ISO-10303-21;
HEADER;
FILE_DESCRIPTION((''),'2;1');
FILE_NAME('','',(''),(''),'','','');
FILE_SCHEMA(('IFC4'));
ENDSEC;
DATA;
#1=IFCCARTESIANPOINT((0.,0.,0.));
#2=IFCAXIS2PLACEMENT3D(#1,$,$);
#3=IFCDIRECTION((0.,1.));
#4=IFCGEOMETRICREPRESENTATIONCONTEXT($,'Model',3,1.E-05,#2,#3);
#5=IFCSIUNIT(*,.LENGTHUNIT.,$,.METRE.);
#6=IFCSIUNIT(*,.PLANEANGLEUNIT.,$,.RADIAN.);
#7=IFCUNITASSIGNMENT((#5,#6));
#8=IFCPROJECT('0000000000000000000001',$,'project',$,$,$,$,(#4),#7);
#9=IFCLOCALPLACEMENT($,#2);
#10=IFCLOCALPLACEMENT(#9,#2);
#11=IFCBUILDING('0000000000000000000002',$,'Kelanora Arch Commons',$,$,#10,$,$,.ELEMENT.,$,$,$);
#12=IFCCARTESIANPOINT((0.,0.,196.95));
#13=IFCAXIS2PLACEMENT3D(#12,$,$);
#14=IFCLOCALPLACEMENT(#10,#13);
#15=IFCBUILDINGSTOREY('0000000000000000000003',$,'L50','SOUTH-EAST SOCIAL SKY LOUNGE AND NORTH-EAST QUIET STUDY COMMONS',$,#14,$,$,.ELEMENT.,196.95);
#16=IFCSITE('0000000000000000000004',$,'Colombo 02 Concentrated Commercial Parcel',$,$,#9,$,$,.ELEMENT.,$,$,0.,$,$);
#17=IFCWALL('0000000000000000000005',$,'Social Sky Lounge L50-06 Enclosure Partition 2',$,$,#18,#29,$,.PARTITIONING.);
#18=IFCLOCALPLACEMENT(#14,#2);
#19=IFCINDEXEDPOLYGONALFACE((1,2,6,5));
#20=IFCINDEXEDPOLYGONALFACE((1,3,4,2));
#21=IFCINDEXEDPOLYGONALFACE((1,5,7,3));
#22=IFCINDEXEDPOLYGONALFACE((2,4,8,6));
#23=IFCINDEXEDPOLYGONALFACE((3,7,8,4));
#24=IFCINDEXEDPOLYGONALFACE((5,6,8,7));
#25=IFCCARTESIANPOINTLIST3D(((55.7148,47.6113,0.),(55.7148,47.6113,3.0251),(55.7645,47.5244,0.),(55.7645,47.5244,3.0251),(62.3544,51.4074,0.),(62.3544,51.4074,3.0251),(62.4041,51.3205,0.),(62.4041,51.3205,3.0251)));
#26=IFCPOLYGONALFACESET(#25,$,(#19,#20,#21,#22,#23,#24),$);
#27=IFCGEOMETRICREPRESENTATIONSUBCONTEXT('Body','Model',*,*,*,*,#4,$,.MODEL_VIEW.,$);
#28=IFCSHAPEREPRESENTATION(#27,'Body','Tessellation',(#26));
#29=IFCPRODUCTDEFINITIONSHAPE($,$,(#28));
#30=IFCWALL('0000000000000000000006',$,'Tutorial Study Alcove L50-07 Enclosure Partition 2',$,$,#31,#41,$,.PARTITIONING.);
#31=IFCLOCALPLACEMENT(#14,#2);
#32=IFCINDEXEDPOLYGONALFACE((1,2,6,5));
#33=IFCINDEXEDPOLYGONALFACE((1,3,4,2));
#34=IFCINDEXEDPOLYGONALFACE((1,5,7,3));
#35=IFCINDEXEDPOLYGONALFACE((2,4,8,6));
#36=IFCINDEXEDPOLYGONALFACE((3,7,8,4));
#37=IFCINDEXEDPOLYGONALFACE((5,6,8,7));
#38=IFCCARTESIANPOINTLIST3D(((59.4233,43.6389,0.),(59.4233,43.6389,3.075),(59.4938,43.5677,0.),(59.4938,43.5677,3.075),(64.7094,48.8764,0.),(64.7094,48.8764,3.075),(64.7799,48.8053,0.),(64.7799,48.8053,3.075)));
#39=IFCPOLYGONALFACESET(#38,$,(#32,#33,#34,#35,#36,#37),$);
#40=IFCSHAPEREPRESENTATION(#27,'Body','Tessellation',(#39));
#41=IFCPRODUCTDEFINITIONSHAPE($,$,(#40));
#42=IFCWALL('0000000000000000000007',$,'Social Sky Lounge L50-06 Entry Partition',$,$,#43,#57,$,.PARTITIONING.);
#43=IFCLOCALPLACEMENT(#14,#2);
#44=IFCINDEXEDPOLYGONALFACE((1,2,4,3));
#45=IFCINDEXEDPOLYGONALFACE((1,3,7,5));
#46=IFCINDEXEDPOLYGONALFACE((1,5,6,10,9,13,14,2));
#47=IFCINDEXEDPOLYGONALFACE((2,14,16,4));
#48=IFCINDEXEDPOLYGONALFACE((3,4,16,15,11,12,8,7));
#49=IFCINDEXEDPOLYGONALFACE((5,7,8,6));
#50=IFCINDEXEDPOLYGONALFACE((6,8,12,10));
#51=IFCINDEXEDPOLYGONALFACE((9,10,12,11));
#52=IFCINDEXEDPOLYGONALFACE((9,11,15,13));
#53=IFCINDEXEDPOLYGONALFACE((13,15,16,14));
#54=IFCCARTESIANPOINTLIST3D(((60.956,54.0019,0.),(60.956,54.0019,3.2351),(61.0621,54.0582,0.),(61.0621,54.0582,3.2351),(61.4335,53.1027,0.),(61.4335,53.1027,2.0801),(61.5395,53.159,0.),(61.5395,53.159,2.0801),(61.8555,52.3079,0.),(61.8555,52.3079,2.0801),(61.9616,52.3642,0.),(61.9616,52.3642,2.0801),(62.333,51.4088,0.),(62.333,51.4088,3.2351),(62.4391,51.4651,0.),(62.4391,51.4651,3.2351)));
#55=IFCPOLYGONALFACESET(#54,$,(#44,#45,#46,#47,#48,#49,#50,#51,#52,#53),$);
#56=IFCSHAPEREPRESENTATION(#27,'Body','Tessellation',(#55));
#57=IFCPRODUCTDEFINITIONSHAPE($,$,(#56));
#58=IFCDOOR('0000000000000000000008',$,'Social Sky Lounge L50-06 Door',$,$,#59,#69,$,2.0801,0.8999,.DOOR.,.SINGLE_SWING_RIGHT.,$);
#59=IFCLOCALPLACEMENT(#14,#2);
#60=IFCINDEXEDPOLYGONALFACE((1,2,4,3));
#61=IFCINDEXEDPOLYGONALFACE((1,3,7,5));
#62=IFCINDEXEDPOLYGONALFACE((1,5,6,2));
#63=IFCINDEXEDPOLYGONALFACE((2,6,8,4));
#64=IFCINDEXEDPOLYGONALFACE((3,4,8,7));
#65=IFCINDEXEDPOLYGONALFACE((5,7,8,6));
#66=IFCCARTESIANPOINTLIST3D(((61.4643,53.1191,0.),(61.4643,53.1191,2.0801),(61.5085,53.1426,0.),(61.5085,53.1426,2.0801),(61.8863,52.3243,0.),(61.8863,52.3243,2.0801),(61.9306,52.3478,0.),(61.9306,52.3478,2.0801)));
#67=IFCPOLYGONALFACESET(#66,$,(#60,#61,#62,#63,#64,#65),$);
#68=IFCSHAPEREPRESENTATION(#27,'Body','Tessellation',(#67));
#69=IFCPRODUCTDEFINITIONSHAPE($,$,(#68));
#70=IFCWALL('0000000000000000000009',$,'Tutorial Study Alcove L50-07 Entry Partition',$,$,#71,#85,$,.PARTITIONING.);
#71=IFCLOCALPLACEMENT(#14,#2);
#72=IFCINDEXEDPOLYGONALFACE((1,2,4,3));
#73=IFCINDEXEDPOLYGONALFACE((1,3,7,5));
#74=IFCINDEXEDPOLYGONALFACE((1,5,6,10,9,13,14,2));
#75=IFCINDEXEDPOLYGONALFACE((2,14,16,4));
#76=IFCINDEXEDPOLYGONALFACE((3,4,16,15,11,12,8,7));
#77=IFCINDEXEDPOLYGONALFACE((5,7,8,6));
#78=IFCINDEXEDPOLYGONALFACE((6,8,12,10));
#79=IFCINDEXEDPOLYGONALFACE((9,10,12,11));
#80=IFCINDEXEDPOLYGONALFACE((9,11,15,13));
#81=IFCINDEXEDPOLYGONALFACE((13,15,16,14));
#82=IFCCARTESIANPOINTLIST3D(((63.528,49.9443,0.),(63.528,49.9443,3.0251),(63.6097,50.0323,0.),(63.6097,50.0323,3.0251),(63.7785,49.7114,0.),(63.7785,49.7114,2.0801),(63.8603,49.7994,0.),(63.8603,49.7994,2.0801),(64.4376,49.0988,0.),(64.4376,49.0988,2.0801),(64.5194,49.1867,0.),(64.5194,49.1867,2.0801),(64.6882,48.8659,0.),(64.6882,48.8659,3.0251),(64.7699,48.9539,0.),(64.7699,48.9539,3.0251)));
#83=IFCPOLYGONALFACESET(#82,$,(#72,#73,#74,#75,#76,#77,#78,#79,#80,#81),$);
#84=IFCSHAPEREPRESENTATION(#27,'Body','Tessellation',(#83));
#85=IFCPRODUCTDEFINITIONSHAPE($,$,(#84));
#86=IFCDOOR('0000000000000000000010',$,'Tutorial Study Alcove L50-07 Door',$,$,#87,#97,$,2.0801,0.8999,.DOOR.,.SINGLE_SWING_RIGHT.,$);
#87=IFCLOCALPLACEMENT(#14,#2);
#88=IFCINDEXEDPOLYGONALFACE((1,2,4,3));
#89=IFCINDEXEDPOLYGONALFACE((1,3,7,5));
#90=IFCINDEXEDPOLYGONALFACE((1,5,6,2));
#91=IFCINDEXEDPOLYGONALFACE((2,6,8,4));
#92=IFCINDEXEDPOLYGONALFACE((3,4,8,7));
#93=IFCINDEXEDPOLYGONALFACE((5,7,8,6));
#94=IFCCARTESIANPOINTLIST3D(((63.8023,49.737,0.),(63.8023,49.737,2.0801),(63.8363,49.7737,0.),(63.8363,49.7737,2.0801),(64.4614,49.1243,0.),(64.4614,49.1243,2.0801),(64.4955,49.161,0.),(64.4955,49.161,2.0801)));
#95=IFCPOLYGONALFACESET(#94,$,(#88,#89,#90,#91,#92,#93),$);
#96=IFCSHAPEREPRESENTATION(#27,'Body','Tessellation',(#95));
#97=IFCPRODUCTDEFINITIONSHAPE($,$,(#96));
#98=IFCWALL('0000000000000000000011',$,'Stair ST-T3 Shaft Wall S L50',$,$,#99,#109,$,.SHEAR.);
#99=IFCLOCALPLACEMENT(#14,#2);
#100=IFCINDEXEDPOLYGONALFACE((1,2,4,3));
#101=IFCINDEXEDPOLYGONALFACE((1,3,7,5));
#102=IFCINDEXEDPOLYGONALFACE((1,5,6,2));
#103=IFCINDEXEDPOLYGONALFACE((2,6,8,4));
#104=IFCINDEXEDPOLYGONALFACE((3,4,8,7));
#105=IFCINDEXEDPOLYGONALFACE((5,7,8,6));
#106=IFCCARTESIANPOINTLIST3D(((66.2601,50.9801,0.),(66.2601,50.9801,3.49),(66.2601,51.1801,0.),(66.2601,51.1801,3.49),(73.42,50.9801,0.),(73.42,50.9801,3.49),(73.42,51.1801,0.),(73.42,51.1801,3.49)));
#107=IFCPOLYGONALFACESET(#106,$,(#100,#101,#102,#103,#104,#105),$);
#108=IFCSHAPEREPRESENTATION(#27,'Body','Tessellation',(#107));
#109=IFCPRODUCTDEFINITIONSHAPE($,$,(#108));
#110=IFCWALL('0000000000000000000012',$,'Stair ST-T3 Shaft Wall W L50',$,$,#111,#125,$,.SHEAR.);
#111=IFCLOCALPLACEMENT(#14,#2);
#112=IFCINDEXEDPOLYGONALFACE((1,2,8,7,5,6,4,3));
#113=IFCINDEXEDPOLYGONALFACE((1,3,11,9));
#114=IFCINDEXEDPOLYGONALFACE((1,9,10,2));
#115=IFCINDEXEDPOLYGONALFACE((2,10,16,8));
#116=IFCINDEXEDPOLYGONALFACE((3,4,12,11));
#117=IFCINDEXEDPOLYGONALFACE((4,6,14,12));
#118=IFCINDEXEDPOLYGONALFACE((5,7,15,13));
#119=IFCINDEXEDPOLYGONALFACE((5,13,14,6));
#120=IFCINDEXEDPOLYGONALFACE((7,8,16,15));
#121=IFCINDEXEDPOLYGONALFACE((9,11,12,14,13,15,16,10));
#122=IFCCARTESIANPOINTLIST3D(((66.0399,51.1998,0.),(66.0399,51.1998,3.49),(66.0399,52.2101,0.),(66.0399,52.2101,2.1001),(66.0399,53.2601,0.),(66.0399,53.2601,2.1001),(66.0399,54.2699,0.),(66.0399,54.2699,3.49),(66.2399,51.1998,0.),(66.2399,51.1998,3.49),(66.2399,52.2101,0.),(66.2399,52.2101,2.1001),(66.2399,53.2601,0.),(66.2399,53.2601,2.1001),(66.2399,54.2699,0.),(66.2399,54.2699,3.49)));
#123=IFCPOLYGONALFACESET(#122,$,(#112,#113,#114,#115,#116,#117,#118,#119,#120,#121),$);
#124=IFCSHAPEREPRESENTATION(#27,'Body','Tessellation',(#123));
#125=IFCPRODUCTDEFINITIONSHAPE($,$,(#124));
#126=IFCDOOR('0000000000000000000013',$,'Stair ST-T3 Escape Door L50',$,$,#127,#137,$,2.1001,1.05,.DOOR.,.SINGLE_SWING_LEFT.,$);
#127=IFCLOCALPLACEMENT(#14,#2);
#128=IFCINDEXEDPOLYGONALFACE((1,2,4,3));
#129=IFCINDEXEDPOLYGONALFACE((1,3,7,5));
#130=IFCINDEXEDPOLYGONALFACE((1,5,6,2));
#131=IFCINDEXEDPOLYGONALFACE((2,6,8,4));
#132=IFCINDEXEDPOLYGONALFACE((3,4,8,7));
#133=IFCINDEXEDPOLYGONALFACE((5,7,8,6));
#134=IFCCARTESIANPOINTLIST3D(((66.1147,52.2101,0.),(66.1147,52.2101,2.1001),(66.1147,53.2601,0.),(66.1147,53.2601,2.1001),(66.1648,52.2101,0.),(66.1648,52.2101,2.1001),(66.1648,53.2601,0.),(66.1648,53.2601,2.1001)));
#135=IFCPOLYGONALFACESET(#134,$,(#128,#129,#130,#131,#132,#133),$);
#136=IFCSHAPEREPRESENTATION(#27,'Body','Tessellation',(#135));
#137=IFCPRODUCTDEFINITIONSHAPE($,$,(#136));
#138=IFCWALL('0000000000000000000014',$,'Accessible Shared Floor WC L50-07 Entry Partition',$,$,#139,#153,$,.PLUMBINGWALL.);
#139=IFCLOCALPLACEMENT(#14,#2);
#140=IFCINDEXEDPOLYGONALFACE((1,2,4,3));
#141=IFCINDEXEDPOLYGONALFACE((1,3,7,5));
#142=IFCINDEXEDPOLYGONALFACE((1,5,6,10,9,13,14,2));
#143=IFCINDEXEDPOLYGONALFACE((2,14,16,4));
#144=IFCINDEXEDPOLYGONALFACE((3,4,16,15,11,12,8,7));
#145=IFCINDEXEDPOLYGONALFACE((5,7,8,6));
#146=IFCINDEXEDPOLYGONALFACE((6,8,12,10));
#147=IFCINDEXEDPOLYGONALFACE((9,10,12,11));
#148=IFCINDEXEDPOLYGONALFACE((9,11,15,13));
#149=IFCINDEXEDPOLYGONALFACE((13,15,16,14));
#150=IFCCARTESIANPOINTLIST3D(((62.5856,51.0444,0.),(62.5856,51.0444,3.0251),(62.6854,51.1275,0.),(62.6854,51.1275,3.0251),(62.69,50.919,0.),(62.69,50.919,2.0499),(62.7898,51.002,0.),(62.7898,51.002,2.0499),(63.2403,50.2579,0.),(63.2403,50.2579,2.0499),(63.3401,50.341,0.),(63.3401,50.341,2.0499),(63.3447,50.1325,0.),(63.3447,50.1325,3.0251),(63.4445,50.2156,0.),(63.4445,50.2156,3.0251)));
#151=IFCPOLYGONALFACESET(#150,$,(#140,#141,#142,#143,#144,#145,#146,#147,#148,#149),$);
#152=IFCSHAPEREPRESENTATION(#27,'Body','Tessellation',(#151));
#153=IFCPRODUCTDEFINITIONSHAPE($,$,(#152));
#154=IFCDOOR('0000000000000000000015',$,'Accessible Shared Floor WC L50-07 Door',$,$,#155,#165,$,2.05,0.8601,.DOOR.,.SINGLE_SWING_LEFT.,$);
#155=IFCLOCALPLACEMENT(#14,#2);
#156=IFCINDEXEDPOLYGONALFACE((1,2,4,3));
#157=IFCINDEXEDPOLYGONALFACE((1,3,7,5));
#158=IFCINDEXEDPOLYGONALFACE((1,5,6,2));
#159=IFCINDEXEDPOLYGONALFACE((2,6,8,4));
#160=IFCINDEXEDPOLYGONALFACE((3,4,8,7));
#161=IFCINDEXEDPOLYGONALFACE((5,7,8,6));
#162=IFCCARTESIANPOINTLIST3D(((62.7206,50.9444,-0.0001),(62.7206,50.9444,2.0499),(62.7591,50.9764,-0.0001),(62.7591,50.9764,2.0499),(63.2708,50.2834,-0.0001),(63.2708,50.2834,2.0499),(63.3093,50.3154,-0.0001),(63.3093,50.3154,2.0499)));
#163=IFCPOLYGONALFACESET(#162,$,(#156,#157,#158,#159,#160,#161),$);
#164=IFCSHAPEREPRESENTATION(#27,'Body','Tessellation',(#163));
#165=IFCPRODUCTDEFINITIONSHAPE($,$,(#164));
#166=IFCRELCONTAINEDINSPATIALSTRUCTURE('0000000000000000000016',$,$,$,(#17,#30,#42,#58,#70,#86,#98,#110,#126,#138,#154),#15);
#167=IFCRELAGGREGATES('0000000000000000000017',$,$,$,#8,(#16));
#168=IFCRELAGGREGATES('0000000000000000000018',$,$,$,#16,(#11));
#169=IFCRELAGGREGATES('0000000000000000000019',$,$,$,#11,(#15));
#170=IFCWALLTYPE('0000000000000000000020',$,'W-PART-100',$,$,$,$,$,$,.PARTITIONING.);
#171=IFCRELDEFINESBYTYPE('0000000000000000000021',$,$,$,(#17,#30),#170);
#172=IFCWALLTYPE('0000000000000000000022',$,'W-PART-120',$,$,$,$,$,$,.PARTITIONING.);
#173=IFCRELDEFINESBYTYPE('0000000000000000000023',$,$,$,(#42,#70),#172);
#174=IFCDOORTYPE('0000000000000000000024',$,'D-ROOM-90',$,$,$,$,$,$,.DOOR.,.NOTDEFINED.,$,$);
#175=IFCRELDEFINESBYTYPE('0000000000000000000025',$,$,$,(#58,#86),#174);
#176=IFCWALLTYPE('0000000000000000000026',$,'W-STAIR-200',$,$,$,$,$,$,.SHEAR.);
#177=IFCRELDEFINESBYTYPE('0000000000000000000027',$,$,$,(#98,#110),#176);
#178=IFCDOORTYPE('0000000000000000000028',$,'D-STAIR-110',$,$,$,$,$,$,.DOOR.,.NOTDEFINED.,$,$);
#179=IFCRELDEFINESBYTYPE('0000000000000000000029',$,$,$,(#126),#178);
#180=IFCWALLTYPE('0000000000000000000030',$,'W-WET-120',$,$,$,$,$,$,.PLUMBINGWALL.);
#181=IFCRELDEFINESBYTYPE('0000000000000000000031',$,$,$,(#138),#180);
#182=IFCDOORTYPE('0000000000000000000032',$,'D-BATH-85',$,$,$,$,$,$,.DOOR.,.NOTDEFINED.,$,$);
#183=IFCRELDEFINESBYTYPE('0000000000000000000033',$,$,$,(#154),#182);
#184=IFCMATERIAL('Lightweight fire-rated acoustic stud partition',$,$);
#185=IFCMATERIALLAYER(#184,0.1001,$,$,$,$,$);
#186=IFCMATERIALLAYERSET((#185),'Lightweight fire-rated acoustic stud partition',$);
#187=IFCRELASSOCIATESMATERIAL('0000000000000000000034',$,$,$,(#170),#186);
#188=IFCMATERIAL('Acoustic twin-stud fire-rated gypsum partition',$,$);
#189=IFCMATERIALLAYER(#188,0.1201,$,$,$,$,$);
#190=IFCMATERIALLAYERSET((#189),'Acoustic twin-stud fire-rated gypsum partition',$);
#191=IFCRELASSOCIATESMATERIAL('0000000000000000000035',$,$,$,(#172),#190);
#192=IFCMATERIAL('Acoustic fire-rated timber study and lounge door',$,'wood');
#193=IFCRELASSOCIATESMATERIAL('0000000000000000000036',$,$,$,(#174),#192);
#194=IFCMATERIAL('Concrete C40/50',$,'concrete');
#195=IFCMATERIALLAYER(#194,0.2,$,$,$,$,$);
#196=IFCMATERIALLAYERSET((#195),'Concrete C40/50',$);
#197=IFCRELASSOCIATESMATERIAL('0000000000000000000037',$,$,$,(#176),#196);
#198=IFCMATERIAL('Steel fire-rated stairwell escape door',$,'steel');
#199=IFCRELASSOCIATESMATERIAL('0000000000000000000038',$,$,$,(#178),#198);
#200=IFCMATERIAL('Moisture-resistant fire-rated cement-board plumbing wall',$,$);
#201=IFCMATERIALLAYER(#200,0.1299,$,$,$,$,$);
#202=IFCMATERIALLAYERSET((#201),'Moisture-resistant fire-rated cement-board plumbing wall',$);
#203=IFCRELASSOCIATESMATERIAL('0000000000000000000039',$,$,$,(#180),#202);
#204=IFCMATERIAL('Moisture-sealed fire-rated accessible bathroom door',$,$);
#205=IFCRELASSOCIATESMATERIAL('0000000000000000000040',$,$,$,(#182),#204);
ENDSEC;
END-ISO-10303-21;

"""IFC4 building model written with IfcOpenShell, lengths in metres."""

from ifc_helpers import new_model, si_unit, direction, frame, frame_2d, origin, place, context, subcontext, project, spatial, rectangle, extrude, material, layer, layer_set, type_object, element, fill, save


model = new_model("IFC4")

# Units and contexts
model_context = context("Model", 3, precision=1e-05, world=origin(), true_north=direction((0.0, 1.0)))
body_context = subcontext(model_context, "Body", "Model", "MODEL_VIEW")
ifc_project = project(units=[si_unit("LENGTHUNIT", "METRE"), si_unit("PLANEANGLEUNIT", "RADIAN")], contexts=[model_context])

# Site, building, storey
site_placement = place(None, origin())
site = spatial("IfcSite", under=ifc_project, at=site_placement, Name="Colombo 02 Concentrated Commercial Parcel", CompositionType="ELEMENT", RefElevation=0.0)
building_placement = place(site_placement, origin())
building = spatial("IfcBuilding", under=site, at=building_placement, Name="Kelanora Arch Commons", CompositionType="ELEMENT")
storey_placement = place(building_placement, frame((0.0, 0.0, 196.95)))
storey = spatial("IfcBuildingStorey", under=building, at=storey_placement, Name="L50", Description="SOUTH-EAST SOCIAL SKY LOUNGE AND NORTH-EAST QUIET STUDY COMMONS", CompositionType="ELEMENT", Elevation=196.95)

# Shared definitions
ifc_material_1 = material(Name="Concrete C40/50", Category="concrete")

# Walls
ifc_material_2 = material(Name="Lightweight fire-rated acoustic stud partition")
ifc_layer_1 = layer(ifc_material_2, 0.1001)
ifc_layer_set_1 = layer_set([ifc_layer_1], Name="Lightweight fire-rated acoustic stud partition")
wall_type_1 = type_object("IfcWallType", Name="W-PART-100", PredefinedType="PARTITIONING", material=ifc_layer_set_1)
wall_1_placement = place(storey_placement, frame((62.3794, 51.364, 0.0), z_axis=(0.0, 0.0, 1.0), x_axis=(-0.868127, -0.496342, 0.0)))
element("IfcWall", 1, at=wall_1_placement, inside=storey, type_object=wall_type_1, Name="Social Sky Lounge L50-06 Enclosure Partition 2", PredefinedType="PARTITIONING", context=body_context, shape_type="SweptSolid", body=[
    extrude(rectangle(XDim=7.6482, YDim=0.1001, at=frame_2d((3.8242, 0.0))), origin(), (0.0, 0.0, 1.0), 3.0251),
])
wall_2_placement = place(storey_placement, frame((64.7446, 48.8408, 0.0), z_axis=(0.0, 0.0, 1.0), x_axis=(-0.710364, -0.703835, 0.0)))
element("IfcWall", 2, at=wall_2_placement, inside=storey, type_object=wall_type_1, Name="Tutorial Study Alcove L50-07 Enclosure Partition 2", PredefinedType="PARTITIONING", context=body_context, shape_type="SweptSolid", body=[
    extrude(rectangle(XDim=7.4414, YDim=0.1001, at=frame_2d((3.7207, 0.0))), origin(), (0.0, 0.0, 1.0), 3.075),
])

# Walls, openings, doors
ifc_material_3 = material(Name="Acoustic twin-stud fire-rated gypsum partition")
ifc_layer_2 = layer(ifc_material_3, 0.1201)
ifc_layer_set_2 = layer_set([ifc_layer_2], Name="Acoustic twin-stud fire-rated gypsum partition")
wall_type_2 = type_object("IfcWallType", Name="W-PART-120", PredefinedType="PARTITIONING", material=ifc_layer_set_2)
wall_3_placement = place(storey_placement, frame((61.009, 54.03, 0.0), z_axis=(0.0, 0.0, 1.0), x_axis=(0.468999, -0.883199, 0.0)))
wall_3 = element("IfcWall", 3, at=wall_3_placement, inside=storey, type_object=wall_type_2, Name="Social Sky Lounge L50-06 Entry Partition", PredefinedType="PARTITIONING", context=body_context, shape_type="SweptSolid", body=[
    extrude(rectangle(XDim=2.936, YDim=0.1201, at=frame_2d((1.468, 0.0))), origin(), (0.0, 0.0, 1.0), 3.2351),
])
opening_1_placement = place(wall_3_placement, frame((1.0181, 0.0, 0.0)))
opening_1 = element("IfcOpeningElement", 4, at=opening_1_placement, cuts=wall_3, PredefinedType="OPENING", context=body_context, shape_type="SweptSolid", body=[
    extrude(rectangle(XDim=0.8999, YDim=2.0801, at=frame_2d((0.45, 1.04))), frame((0.0, 0.0701, 0.0), z_axis=(0.0, -1.0, 0.0), x_axis=(1.0, 0.0, 0.0)), (0.0, 0.0, 1.0), 0.1401),
])
ifc_material_4 = material(Name="Acoustic fire-rated timber study and lounge door", Category="wood")
door_type_1 = type_object("IfcDoorType", Name="D-ROOM-90", OperationType="NOTDEFINED", PredefinedType="DOOR", material=ifc_material_4)
door_1_placement = place(opening_1_placement, origin())
door_1 = element("IfcDoor", 5, at=door_1_placement, inside=storey, type_object=door_type_1, Name="Social Sky Lounge L50-06 Door", OperationType="SINGLE_SWING_RIGHT", OverallHeight=2.0801, OverallWidth=0.8999, PredefinedType="DOOR", context=body_context, shape_type="SweptSolid", body=[
    extrude(rectangle(XDim=0.8999, YDim=2.0801, at=frame_2d((0.45, 1.04))), frame((0.0, 0.0249, 0.0), z_axis=(0.0, -1.0, 0.0), x_axis=(1.0, 0.0, 0.0)), (0.0, 0.0, 1.0), 0.05),
])
fill(opening_1, door_1)
wall_4_placement = place(storey_placement, frame((63.5688, 49.9883, 0.0), z_axis=(0.0, 0.0, 1.0), x_axis=(0.732453, -0.680818, 0.0)))
wall_4 = element("IfcWall", 6, at=wall_4_placement, inside=storey, type_object=wall_type_2, Name="Tutorial Study Alcove L50-07 Entry Partition", PredefinedType="PARTITIONING", context=body_context, shape_type="SweptSolid", body=[
    extrude(rectangle(XDim=1.584, YDim=0.1201, at=frame_2d((0.792, 0.0))), origin(), (0.0, 0.0, 1.0), 3.0251),
])
opening_2_placement = place(wall_4_placement, frame((0.342, 0.0, 0.0)))
opening_2 = element("IfcOpeningElement", 7, at=opening_2_placement, cuts=wall_4, PredefinedType="OPENING", context=body_context, shape_type="SweptSolid", body=[
    extrude(rectangle(XDim=0.8999, YDim=2.0801, at=frame_2d((0.45, 1.04))), frame((0.0, 0.0701, 0.0), z_axis=(0.0, -1.0, 0.0), x_axis=(1.0, 0.0, 0.0)), (0.0, 0.0, 1.0), 0.1401),
])
door_2_placement = place(opening_2_placement, origin())
door_2 = element("IfcDoor", 8, at=door_2_placement, inside=storey, type_object=door_type_1, Name="Tutorial Study Alcove L50-07 Door", OperationType="SINGLE_SWING_RIGHT", OverallHeight=2.0801, OverallWidth=0.8999, PredefinedType="DOOR", context=body_context, shape_type="SweptSolid", body=[
    extrude(rectangle(XDim=0.8999, YDim=2.0801, at=frame_2d((0.45, 1.04))), frame((0.0, 0.0249, 0.0), z_axis=(0.0, -1.0, 0.0), x_axis=(1.0, 0.0, 0.0)), (0.0, 0.0, 1.0), 0.05),
])
fill(opening_2, door_2)

# Wall
ifc_layer_3 = layer(ifc_material_1, 0.2)
ifc_layer_set_3 = layer_set([ifc_layer_3], Name="Concrete C40/50")
wall_type_3 = type_object("IfcWallType", Name="W-STAIR-200", PredefinedType="SHEAR", material=ifc_layer_set_3)
wall_5_placement = place(storey_placement, frame((66.26, 51.0801, 0.0), z_axis=(0.0, 0.0, 1.0), x_axis=(1.0, 0.0, 0.0)))
element("IfcWall", 9, at=wall_5_placement, inside=storey, type_object=wall_type_3, Name="Stair ST-T3 Shaft Wall S L50", PredefinedType="SHEAR", context=body_context, shape_type="SweptSolid", body=[
    extrude(rectangle(XDim=7.1599, YDim=0.2, at=frame_2d((3.5801, 0.0))), origin(), (0.0, 0.0, 1.0), 3.49),
])

# Walls, openings, doors
wall_6_placement = place(storey_placement, frame((66.1399, 54.27, 0.0), z_axis=(0.0, 0.0, 1.0), x_axis=(0.0, -1.0, 0.0)))
wall_6 = element("IfcWall", 10, at=wall_6_placement, inside=storey, type_object=wall_type_3, Name="Stair ST-T3 Shaft Wall W L50", PredefinedType="SHEAR", context=body_context, shape_type="SweptSolid", body=[
    extrude(rectangle(XDim=3.0701, YDim=0.2, at=frame_2d((1.5352, 0.0))), origin(), (0.0, 0.0, 1.0), 3.49),
])
opening_3_placement = place(wall_6_placement, frame((1.01, 0.0, 0.0)))
opening_3 = element("IfcOpeningElement", 11, at=opening_3_placement, cuts=wall_6, PredefinedType="OPENING", context=body_context, shape_type="SweptSolid", body=[
    extrude(rectangle(XDim=1.05, YDim=2.1001, at=frame_2d((0.5249, 1.05))), frame((0.0, 0.1099, 0.0), z_axis=(0.0, -1.0, 0.0), x_axis=(1.0, 0.0, 0.0)), (0.0, 0.0, 1.0), 0.22),
])
ifc_material_5 = material(Name="Steel fire-rated stairwell escape door", Category="steel")
door_type_2 = type_object("IfcDoorType", Name="D-STAIR-110", OperationType="NOTDEFINED", PredefinedType="DOOR", material=ifc_material_5)
door_3_placement = place(opening_3_placement, origin())
door_3 = element("IfcDoor", 12, at=door_3_placement, inside=storey, type_object=door_type_2, Name="Stair ST-T3 Escape Door L50", OperationType="SINGLE_SWING_LEFT", OverallHeight=2.1001, OverallWidth=1.05, PredefinedType="DOOR", context=body_context, shape_type="SweptSolid", body=[
    extrude(rectangle(XDim=1.05, YDim=2.1001, at=frame_2d((0.5249, 1.05))), frame((0.0, 0.0249, 0.0), z_axis=(0.0, -1.0, 0.0), x_axis=(1.0, 0.0, 0.0)), (0.0, 0.0, 1.0), 0.05),
])
fill(opening_3, door_3)
ifc_material_6 = material(Name="Moisture-resistant fire-rated cement-board plumbing wall")
ifc_layer_4 = layer(ifc_material_6, 0.1299)
ifc_layer_set_4 = layer_set([ifc_layer_4], Name="Moisture-resistant fire-rated cement-board plumbing wall")
wall_type_4 = type_object("IfcWallType", Name="W-WET-120", PredefinedType="PLUMBINGWALL", material=ifc_layer_set_4)
wall_7_placement = place(storey_placement, frame((62.6355, 51.0859, 0.0), z_axis=(0.0, 0.0, 1.0), x_axis=(0.639759, -0.768575, 0.0)))
wall_7 = element("IfcWall", 13, at=wall_7_placement, inside=storey, type_object=wall_type_4, Name="Accessible Shared Floor WC L50-07 Entry Partition", PredefinedType="PLUMBINGWALL", context=body_context, shape_type="SweptSolid", body=[
    extrude(rectangle(XDim=1.1865, YDim=0.1299, at=frame_2d((0.5933, 0.0))), origin(), (0.0, 0.0, 1.0), 3.0251),
])
opening_4_placement = place(wall_7_placement, frame((0.1631, 0.0, 0.0)))
opening_4 = element("IfcOpeningElement", 14, at=opening_4_placement, cuts=wall_7, PredefinedType="OPENING", context=body_context, shape_type="SweptSolid", body=[
    extrude(rectangle(XDim=0.8601, YDim=2.05, at=frame_2d((0.4302, 1.0249))), frame((0.0, 0.075, 0.0), z_axis=(0.0, -1.0, 0.0), x_axis=(1.0, 0.0, 0.0)), (0.0, 0.0, 1.0), 0.1499),
])
ifc_material_7 = material(Name="Moisture-sealed fire-rated accessible bathroom door")
door_type_3 = type_object("IfcDoorType", Name="D-BATH-85", OperationType="NOTDEFINED", PredefinedType="DOOR", material=ifc_material_7)
door_4_placement = place(opening_4_placement, origin())
door_4 = element("IfcDoor", 15, at=door_4_placement, inside=storey, type_object=door_type_3, Name="Accessible Shared Floor WC L50-07 Door", OperationType="SINGLE_SWING_LEFT", OverallHeight=2.05, OverallWidth=0.8601, PredefinedType="DOOR", context=body_context, shape_type="SweptSolid", body=[
    extrude(rectangle(XDim=0.8601, YDim=2.05, at=frame_2d((0.4302, 1.0249))), frame((0.0, 0.0249, 0.0), z_axis=(0.0, -1.0, 0.0), x_axis=(1.0, 0.0, 0.0)), (0.0, 0.0, 1.0), 0.05),
])
fill(opening_4, door_4)

save(model, "model.ifc")
